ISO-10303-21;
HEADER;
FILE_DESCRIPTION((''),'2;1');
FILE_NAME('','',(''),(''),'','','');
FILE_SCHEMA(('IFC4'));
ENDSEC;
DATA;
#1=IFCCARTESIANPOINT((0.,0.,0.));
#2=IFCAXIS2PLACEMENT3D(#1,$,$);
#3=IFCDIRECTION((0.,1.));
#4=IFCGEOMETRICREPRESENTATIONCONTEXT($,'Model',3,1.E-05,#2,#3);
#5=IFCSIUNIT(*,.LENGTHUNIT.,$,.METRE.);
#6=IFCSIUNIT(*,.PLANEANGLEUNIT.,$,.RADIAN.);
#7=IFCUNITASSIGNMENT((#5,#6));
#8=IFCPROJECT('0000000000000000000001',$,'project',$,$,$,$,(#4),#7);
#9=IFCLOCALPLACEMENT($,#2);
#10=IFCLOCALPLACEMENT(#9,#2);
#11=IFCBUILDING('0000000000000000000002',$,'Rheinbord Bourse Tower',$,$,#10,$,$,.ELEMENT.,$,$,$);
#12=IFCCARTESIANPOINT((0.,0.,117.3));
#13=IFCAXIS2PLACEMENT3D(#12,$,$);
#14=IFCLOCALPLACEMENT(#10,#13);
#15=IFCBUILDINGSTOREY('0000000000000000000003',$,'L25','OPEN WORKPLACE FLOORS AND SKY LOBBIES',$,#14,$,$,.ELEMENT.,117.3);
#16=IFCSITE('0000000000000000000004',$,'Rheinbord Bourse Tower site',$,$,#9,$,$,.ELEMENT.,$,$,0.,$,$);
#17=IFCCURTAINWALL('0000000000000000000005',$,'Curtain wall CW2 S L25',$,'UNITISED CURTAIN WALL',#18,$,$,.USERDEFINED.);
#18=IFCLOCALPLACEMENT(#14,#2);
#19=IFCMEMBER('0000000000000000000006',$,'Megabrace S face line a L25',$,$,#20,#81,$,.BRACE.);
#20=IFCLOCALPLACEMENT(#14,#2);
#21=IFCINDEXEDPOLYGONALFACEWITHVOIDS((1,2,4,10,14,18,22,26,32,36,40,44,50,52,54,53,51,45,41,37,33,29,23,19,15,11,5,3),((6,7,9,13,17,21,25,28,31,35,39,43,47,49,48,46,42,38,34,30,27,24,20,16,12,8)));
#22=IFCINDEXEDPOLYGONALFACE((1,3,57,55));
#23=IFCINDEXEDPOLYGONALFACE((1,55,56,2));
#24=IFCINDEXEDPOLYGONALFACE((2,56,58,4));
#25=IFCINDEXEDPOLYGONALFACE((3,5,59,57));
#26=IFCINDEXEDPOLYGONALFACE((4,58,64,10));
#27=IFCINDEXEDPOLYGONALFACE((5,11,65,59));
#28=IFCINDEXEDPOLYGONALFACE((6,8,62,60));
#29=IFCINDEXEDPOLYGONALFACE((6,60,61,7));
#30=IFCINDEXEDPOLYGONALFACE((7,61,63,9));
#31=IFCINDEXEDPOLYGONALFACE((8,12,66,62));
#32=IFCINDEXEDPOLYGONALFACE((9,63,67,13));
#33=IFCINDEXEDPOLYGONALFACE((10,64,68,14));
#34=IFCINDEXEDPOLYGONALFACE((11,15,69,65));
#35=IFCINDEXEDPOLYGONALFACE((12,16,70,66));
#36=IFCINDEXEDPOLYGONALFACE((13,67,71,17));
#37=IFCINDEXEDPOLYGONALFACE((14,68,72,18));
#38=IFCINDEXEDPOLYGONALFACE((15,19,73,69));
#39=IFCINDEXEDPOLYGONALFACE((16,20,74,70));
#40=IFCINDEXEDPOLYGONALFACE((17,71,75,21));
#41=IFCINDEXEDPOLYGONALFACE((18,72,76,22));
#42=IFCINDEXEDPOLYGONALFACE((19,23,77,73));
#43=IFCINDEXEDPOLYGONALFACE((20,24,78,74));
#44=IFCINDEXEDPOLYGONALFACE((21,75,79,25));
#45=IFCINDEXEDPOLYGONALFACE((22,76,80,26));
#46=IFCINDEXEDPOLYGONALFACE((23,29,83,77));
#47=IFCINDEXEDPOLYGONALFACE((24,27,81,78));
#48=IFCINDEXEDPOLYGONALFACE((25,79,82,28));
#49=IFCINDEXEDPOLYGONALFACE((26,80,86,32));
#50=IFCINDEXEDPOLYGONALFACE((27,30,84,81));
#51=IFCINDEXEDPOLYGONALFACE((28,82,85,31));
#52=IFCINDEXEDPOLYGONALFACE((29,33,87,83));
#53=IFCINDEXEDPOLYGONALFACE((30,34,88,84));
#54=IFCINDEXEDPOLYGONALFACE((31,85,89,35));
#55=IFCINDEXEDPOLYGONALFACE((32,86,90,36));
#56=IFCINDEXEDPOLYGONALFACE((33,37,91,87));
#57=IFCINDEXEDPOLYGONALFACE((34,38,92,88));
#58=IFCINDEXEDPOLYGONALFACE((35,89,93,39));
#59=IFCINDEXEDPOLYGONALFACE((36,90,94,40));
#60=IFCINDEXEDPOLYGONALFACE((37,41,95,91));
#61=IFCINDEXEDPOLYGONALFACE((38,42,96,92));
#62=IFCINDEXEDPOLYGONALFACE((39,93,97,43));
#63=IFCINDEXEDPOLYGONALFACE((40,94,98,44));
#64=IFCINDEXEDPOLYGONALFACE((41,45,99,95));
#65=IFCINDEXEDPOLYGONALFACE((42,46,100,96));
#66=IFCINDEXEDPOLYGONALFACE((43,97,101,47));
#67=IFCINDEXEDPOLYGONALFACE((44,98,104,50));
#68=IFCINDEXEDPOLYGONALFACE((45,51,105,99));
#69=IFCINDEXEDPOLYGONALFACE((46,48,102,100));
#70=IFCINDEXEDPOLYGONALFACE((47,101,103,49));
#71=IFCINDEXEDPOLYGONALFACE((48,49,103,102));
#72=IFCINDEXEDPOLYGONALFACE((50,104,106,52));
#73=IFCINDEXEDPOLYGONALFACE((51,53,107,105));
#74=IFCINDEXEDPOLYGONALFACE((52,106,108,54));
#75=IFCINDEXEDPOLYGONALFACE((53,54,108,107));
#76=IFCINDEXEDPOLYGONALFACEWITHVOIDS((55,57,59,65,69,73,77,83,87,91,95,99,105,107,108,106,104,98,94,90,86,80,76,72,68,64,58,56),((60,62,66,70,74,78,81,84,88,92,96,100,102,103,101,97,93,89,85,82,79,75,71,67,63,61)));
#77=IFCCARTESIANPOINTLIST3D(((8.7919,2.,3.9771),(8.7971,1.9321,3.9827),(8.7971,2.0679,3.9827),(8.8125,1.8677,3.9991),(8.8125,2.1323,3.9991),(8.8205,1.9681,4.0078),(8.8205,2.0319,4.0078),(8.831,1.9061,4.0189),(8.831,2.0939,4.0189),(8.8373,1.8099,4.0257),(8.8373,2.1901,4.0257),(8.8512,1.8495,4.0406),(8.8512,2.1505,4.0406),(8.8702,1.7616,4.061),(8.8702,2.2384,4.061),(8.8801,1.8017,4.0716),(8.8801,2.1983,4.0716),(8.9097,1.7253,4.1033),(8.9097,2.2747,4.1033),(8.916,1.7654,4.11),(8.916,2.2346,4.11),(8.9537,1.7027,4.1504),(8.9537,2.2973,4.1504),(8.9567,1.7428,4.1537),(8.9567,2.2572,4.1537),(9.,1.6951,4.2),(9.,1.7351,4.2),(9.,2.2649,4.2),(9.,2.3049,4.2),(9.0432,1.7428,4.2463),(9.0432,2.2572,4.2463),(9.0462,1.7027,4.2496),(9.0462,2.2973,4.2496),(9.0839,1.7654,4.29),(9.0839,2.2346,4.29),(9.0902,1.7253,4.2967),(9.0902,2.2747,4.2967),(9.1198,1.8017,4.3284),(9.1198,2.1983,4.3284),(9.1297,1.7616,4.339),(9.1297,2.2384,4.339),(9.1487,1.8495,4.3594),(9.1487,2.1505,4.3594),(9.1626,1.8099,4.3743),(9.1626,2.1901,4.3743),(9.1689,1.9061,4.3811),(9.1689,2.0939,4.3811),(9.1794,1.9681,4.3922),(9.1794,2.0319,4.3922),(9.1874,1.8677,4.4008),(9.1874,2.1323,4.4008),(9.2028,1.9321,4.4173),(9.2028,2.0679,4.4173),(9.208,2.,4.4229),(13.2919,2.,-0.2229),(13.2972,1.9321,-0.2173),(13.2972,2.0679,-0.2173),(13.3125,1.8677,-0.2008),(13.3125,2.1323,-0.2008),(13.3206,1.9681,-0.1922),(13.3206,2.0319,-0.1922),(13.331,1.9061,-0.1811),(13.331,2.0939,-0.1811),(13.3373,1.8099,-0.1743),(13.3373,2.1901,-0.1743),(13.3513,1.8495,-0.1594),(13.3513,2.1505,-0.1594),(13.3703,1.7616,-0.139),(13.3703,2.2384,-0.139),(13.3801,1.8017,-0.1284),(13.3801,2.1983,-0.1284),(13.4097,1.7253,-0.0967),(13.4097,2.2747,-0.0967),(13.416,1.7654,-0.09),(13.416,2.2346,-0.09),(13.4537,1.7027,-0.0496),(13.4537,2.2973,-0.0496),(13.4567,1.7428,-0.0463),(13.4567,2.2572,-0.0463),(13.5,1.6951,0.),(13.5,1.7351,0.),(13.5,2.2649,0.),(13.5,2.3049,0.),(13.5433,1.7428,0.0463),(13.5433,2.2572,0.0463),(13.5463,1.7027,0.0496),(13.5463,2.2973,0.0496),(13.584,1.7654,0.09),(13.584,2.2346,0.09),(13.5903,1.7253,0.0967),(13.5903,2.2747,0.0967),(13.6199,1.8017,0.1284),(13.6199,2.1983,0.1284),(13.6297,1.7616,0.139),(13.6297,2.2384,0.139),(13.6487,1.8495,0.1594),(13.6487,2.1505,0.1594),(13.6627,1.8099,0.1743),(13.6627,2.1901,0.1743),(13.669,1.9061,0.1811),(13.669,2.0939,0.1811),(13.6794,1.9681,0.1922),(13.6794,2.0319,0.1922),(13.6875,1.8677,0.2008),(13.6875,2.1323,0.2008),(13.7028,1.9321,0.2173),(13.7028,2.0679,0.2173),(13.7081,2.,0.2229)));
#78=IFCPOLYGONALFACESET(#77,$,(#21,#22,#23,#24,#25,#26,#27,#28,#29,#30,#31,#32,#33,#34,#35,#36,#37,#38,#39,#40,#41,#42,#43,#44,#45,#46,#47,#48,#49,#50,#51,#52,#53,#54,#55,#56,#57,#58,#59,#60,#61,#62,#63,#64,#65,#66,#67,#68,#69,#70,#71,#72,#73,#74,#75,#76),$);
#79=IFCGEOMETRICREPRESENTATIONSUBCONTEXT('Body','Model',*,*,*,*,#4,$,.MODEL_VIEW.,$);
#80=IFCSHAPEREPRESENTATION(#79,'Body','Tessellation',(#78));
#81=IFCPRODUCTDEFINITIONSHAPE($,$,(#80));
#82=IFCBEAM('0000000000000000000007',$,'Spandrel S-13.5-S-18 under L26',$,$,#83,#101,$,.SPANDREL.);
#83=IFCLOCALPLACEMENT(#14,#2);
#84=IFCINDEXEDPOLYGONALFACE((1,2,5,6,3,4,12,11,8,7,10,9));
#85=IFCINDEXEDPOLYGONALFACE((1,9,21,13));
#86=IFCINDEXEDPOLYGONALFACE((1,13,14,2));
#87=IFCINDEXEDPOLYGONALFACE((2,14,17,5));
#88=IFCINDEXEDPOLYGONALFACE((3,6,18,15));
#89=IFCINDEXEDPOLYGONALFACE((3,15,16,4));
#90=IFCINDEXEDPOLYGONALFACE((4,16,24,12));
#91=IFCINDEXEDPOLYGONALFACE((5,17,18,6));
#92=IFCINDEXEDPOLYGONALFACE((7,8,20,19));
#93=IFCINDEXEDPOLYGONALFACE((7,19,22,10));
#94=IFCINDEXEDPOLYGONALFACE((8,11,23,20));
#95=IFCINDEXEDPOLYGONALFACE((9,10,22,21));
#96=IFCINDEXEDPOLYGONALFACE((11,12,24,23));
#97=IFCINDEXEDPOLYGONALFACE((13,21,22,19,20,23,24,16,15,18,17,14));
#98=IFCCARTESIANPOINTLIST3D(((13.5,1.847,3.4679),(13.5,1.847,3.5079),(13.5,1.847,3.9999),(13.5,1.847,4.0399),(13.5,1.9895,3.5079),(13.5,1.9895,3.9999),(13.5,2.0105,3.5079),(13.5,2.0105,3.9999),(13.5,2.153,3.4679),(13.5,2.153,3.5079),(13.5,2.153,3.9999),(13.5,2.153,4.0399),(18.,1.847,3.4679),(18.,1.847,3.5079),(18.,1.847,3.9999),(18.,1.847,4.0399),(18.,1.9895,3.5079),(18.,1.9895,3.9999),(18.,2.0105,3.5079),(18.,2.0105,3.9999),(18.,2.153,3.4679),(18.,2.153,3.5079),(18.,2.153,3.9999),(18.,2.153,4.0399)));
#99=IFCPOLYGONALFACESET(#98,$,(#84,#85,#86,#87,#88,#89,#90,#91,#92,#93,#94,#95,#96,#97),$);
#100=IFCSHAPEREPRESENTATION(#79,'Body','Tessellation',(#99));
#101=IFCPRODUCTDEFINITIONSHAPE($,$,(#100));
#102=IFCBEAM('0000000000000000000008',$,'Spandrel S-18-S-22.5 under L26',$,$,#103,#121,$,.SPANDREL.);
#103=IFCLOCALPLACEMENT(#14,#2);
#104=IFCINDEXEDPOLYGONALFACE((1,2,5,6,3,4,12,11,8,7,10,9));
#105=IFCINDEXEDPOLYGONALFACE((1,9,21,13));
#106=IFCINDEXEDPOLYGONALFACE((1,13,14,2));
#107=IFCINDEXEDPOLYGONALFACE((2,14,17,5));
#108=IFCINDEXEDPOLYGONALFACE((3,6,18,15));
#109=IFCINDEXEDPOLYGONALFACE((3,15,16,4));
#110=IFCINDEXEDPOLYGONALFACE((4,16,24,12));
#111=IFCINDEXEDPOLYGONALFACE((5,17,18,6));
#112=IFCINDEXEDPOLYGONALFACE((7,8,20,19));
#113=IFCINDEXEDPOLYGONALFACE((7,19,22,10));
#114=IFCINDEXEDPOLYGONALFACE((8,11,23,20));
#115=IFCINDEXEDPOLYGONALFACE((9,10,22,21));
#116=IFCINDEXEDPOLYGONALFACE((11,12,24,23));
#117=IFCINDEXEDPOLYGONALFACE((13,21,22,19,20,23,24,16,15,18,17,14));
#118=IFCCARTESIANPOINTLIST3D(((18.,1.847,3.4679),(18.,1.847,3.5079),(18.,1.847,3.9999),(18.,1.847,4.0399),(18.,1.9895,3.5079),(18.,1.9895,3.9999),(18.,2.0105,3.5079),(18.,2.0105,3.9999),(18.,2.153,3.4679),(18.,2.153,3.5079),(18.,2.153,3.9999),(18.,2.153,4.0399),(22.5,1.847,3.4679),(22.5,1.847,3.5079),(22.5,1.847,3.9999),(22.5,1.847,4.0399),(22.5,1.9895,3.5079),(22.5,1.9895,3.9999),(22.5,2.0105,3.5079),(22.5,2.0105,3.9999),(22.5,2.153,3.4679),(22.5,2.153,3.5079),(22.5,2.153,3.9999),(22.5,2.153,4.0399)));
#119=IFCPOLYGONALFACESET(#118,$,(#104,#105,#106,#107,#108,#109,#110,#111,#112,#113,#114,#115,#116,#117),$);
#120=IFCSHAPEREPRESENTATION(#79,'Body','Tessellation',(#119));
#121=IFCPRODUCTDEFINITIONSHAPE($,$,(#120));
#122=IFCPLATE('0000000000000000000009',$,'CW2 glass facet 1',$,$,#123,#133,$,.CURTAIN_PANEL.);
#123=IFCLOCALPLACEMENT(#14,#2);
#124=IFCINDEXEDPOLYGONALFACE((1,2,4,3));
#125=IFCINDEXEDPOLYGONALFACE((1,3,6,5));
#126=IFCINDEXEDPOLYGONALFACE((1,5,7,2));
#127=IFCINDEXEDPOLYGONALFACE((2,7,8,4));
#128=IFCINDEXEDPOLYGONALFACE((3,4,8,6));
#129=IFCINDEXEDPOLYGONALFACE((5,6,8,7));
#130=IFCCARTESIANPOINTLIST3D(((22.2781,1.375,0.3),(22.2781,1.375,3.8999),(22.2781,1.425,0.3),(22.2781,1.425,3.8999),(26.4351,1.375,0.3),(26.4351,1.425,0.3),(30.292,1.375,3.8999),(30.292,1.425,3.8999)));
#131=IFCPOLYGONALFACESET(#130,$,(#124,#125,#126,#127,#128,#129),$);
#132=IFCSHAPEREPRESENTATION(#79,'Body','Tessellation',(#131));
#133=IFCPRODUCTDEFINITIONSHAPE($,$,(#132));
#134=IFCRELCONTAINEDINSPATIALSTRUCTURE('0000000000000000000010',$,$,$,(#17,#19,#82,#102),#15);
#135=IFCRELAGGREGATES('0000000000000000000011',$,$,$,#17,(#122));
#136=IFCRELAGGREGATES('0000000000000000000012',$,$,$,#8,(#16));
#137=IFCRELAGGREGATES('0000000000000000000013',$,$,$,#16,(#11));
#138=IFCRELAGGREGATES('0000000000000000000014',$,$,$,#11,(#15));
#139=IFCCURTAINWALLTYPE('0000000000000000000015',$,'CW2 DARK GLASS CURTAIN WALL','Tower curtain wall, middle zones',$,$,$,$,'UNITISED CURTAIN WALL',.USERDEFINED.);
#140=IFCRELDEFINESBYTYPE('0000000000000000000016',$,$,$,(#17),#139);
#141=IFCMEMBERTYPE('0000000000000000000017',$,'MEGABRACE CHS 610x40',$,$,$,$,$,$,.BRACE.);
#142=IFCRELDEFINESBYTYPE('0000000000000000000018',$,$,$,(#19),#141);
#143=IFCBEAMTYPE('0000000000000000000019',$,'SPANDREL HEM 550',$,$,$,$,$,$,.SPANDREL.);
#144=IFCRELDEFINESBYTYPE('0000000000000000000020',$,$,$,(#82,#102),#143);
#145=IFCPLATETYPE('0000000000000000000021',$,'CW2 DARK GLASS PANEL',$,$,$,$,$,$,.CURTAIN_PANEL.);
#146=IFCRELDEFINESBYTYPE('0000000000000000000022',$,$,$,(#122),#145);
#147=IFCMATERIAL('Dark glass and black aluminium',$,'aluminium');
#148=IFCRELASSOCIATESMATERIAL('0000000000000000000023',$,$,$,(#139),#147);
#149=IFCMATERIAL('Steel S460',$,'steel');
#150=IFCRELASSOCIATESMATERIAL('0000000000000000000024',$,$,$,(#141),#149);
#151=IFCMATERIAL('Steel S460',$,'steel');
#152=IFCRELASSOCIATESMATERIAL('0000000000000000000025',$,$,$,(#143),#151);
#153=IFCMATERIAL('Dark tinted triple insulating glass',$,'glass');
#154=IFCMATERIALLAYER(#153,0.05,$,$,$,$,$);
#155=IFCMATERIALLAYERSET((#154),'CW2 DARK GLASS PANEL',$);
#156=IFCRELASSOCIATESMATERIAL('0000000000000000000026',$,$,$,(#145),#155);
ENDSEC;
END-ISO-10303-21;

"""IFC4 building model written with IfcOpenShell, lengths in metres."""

from ifc_helpers import new_model, si_unit, direction, frame, origin, origin_2d, place, context, subcontext, project, spatial, polyline, hollow_circle, i_section, outline, extrude, material, layer, layer_set, material_profile, profile_set, type_object, element, aggregate, save


model = new_model("IFC4")

# Units and contexts
model_context = context("Model", 3, precision=1e-05, world=origin(), true_north=direction((0.0, 1.0)))
body_context = subcontext(model_context, "Body", "Model", "MODEL_VIEW")
ifc_project = project(units=[si_unit("LENGTHUNIT", "METRE"), si_unit("PLANEANGLEUNIT", "RADIAN")], contexts=[model_context])

# Site, building, storey
site_placement = place(None, origin())
site = spatial("IfcSite", under=ifc_project, at=site_placement, Name="Rheinbord Bourse Tower site", CompositionType="ELEMENT", RefElevation=0.0)
building_placement = place(site_placement, origin())
building = spatial("IfcBuilding", under=site, at=building_placement, Name="Rheinbord Bourse Tower", CompositionType="ELEMENT")
storey_placement = place(building_placement, frame((0.0, 0.0, 117.3)))
storey = spatial("IfcBuildingStorey", under=building, at=storey_placement, Name="L25", Description="OPEN WORKPLACE FLOORS AND SKY LOBBIES", CompositionType="ELEMENT", Elevation=117.3)

# Curtain wall
ifc_material_1 = material(Name="Dark glass and black aluminium", Category="aluminium")
curtain_wall_type = type_object("IfcCurtainWallType", Name="CW2 DARK GLASS CURTAIN WALL", Description="Tower curtain wall, middle zones", ElementType="UNITISED CURTAIN WALL", PredefinedType="USERDEFINED", material=ifc_material_1)
curtain_wall_placement = place(storey_placement, origin())
curtain_wall = element("IfcCurtainWall", 1, at=curtain_wall_placement, inside=storey, type_object=curtain_wall_type, Name="Curtain wall CW2 S L25", ObjectType="UNITISED CURTAIN WALL", PredefinedType="USERDEFINED")

# Member
ifc_material_2 = material(Name="Steel S460", Category="steel")
ifc_material_profile_1 = material_profile(ifc_material_2, hollow_circle(Radius=0.3049, WallThickness=0.04, at=origin_2d()), Name="CHS 610x40")
ifc_profile_set_1 = profile_set([ifc_material_profile_1], Name="Steel S460")
member_type_1 = type_object("IfcMemberType", Name="MEGABRACE CHS 610x40", PredefinedType="BRACE", material=ifc_profile_set_1)
member_1_placement = place(storey_placement, frame((13.5, 2.0, 0.0), z_axis=(-0.731059, 0.0, 0.682314), x_axis=(0.0, -1.0, 0.0)))
element("IfcMember", 2, at=member_1_placement, inside=storey, type_object=member_type_1, Name="Megabrace S face line a L25", PredefinedType="BRACE", context=body_context, shape_type="SweptSolid", body=[
    extrude(hollow_circle(Radius=0.3049, WallThickness=0.04, at=origin_2d()), origin(), (0.0, 0.0, 1.0), 6.1555),
])

# Beams
ifc_material_3 = material(Name="Steel S460", Category="steel")
ifc_material_profile_2 = material_profile(ifc_material_3, i_section(OverallWidth=0.3059, OverallDepth=0.572, WebThickness=0.021, FlangeThickness=0.04, at=origin_2d()), Name="HEM 550")
ifc_profile_set_2 = profile_set([ifc_material_profile_2], Name="Steel S460")
beam_type_1 = type_object("IfcBeamType", Name="SPANDREL HEM 550", PredefinedType="SPANDREL", material=ifc_profile_set_2)
for number, where, z_axis, x_axis, name in (
    (3, (13.5, 2.0, 3.7539), (1.0, 0.0, 0.0), (0.0, 1.0, 0.0), "Spandrel S-13.5-S-18 under L26"),
    (4, (18.0, 2.0, 3.7539), (1.0, 0.0, 0.0), (0.0, 1.0, 0.0), "Spandrel S-18-S-22.5 under L26"),
):
    element("IfcBeam", number, at=place(storey_placement, frame(where, z_axis=z_axis, x_axis=x_axis)), inside=storey, type_object=beam_type_1, Name=name, PredefinedType="SPANDREL", context=body_context, shape_type="SweptSolid", body=[
        extrude(i_section(OverallWidth=0.3059, OverallDepth=0.572, WebThickness=0.021, FlangeThickness=0.04, at=origin_2d()), origin(), (0.0, 0.0, 1.0), 4.5),
    ])

# Plate
ifc_material_4 = material(Name="Dark tinted triple insulating glass", Category="glass")
ifc_layer = layer(ifc_material_4, 0.05)
ifc_layer_set = layer_set([ifc_layer], Name="CW2 DARK GLASS PANEL")
plate_type = type_object("IfcPlateType", Name="CW2 DARK GLASS PANEL", PredefinedType="CURTAIN_PANEL", material=ifc_layer_set)
plate_placement = place(storey_placement, frame((22.2781, 1.375, 0.3), z_axis=(0.0, 1.0, 0.0), x_axis=(0.0, 0.0, 1.0)))
plate = element("IfcPlate", 5, at=plate_placement, type_object=plate_type, Name="CW2 glass facet 1", PredefinedType="CURTAIN_PANEL", context=body_context, shape_type="SweptSolid", body=[
    extrude(outline(polyline([(0.0, 0.0), (3.5999, 0.0), (3.5999, 8.0139), (0.0, 4.157), (0.0, 0.0)])), origin(), (0.0, 0.0, 1.0), 0.05),
])
aggregate(curtain_wall, [plate])

save(model, "model.ifc")
